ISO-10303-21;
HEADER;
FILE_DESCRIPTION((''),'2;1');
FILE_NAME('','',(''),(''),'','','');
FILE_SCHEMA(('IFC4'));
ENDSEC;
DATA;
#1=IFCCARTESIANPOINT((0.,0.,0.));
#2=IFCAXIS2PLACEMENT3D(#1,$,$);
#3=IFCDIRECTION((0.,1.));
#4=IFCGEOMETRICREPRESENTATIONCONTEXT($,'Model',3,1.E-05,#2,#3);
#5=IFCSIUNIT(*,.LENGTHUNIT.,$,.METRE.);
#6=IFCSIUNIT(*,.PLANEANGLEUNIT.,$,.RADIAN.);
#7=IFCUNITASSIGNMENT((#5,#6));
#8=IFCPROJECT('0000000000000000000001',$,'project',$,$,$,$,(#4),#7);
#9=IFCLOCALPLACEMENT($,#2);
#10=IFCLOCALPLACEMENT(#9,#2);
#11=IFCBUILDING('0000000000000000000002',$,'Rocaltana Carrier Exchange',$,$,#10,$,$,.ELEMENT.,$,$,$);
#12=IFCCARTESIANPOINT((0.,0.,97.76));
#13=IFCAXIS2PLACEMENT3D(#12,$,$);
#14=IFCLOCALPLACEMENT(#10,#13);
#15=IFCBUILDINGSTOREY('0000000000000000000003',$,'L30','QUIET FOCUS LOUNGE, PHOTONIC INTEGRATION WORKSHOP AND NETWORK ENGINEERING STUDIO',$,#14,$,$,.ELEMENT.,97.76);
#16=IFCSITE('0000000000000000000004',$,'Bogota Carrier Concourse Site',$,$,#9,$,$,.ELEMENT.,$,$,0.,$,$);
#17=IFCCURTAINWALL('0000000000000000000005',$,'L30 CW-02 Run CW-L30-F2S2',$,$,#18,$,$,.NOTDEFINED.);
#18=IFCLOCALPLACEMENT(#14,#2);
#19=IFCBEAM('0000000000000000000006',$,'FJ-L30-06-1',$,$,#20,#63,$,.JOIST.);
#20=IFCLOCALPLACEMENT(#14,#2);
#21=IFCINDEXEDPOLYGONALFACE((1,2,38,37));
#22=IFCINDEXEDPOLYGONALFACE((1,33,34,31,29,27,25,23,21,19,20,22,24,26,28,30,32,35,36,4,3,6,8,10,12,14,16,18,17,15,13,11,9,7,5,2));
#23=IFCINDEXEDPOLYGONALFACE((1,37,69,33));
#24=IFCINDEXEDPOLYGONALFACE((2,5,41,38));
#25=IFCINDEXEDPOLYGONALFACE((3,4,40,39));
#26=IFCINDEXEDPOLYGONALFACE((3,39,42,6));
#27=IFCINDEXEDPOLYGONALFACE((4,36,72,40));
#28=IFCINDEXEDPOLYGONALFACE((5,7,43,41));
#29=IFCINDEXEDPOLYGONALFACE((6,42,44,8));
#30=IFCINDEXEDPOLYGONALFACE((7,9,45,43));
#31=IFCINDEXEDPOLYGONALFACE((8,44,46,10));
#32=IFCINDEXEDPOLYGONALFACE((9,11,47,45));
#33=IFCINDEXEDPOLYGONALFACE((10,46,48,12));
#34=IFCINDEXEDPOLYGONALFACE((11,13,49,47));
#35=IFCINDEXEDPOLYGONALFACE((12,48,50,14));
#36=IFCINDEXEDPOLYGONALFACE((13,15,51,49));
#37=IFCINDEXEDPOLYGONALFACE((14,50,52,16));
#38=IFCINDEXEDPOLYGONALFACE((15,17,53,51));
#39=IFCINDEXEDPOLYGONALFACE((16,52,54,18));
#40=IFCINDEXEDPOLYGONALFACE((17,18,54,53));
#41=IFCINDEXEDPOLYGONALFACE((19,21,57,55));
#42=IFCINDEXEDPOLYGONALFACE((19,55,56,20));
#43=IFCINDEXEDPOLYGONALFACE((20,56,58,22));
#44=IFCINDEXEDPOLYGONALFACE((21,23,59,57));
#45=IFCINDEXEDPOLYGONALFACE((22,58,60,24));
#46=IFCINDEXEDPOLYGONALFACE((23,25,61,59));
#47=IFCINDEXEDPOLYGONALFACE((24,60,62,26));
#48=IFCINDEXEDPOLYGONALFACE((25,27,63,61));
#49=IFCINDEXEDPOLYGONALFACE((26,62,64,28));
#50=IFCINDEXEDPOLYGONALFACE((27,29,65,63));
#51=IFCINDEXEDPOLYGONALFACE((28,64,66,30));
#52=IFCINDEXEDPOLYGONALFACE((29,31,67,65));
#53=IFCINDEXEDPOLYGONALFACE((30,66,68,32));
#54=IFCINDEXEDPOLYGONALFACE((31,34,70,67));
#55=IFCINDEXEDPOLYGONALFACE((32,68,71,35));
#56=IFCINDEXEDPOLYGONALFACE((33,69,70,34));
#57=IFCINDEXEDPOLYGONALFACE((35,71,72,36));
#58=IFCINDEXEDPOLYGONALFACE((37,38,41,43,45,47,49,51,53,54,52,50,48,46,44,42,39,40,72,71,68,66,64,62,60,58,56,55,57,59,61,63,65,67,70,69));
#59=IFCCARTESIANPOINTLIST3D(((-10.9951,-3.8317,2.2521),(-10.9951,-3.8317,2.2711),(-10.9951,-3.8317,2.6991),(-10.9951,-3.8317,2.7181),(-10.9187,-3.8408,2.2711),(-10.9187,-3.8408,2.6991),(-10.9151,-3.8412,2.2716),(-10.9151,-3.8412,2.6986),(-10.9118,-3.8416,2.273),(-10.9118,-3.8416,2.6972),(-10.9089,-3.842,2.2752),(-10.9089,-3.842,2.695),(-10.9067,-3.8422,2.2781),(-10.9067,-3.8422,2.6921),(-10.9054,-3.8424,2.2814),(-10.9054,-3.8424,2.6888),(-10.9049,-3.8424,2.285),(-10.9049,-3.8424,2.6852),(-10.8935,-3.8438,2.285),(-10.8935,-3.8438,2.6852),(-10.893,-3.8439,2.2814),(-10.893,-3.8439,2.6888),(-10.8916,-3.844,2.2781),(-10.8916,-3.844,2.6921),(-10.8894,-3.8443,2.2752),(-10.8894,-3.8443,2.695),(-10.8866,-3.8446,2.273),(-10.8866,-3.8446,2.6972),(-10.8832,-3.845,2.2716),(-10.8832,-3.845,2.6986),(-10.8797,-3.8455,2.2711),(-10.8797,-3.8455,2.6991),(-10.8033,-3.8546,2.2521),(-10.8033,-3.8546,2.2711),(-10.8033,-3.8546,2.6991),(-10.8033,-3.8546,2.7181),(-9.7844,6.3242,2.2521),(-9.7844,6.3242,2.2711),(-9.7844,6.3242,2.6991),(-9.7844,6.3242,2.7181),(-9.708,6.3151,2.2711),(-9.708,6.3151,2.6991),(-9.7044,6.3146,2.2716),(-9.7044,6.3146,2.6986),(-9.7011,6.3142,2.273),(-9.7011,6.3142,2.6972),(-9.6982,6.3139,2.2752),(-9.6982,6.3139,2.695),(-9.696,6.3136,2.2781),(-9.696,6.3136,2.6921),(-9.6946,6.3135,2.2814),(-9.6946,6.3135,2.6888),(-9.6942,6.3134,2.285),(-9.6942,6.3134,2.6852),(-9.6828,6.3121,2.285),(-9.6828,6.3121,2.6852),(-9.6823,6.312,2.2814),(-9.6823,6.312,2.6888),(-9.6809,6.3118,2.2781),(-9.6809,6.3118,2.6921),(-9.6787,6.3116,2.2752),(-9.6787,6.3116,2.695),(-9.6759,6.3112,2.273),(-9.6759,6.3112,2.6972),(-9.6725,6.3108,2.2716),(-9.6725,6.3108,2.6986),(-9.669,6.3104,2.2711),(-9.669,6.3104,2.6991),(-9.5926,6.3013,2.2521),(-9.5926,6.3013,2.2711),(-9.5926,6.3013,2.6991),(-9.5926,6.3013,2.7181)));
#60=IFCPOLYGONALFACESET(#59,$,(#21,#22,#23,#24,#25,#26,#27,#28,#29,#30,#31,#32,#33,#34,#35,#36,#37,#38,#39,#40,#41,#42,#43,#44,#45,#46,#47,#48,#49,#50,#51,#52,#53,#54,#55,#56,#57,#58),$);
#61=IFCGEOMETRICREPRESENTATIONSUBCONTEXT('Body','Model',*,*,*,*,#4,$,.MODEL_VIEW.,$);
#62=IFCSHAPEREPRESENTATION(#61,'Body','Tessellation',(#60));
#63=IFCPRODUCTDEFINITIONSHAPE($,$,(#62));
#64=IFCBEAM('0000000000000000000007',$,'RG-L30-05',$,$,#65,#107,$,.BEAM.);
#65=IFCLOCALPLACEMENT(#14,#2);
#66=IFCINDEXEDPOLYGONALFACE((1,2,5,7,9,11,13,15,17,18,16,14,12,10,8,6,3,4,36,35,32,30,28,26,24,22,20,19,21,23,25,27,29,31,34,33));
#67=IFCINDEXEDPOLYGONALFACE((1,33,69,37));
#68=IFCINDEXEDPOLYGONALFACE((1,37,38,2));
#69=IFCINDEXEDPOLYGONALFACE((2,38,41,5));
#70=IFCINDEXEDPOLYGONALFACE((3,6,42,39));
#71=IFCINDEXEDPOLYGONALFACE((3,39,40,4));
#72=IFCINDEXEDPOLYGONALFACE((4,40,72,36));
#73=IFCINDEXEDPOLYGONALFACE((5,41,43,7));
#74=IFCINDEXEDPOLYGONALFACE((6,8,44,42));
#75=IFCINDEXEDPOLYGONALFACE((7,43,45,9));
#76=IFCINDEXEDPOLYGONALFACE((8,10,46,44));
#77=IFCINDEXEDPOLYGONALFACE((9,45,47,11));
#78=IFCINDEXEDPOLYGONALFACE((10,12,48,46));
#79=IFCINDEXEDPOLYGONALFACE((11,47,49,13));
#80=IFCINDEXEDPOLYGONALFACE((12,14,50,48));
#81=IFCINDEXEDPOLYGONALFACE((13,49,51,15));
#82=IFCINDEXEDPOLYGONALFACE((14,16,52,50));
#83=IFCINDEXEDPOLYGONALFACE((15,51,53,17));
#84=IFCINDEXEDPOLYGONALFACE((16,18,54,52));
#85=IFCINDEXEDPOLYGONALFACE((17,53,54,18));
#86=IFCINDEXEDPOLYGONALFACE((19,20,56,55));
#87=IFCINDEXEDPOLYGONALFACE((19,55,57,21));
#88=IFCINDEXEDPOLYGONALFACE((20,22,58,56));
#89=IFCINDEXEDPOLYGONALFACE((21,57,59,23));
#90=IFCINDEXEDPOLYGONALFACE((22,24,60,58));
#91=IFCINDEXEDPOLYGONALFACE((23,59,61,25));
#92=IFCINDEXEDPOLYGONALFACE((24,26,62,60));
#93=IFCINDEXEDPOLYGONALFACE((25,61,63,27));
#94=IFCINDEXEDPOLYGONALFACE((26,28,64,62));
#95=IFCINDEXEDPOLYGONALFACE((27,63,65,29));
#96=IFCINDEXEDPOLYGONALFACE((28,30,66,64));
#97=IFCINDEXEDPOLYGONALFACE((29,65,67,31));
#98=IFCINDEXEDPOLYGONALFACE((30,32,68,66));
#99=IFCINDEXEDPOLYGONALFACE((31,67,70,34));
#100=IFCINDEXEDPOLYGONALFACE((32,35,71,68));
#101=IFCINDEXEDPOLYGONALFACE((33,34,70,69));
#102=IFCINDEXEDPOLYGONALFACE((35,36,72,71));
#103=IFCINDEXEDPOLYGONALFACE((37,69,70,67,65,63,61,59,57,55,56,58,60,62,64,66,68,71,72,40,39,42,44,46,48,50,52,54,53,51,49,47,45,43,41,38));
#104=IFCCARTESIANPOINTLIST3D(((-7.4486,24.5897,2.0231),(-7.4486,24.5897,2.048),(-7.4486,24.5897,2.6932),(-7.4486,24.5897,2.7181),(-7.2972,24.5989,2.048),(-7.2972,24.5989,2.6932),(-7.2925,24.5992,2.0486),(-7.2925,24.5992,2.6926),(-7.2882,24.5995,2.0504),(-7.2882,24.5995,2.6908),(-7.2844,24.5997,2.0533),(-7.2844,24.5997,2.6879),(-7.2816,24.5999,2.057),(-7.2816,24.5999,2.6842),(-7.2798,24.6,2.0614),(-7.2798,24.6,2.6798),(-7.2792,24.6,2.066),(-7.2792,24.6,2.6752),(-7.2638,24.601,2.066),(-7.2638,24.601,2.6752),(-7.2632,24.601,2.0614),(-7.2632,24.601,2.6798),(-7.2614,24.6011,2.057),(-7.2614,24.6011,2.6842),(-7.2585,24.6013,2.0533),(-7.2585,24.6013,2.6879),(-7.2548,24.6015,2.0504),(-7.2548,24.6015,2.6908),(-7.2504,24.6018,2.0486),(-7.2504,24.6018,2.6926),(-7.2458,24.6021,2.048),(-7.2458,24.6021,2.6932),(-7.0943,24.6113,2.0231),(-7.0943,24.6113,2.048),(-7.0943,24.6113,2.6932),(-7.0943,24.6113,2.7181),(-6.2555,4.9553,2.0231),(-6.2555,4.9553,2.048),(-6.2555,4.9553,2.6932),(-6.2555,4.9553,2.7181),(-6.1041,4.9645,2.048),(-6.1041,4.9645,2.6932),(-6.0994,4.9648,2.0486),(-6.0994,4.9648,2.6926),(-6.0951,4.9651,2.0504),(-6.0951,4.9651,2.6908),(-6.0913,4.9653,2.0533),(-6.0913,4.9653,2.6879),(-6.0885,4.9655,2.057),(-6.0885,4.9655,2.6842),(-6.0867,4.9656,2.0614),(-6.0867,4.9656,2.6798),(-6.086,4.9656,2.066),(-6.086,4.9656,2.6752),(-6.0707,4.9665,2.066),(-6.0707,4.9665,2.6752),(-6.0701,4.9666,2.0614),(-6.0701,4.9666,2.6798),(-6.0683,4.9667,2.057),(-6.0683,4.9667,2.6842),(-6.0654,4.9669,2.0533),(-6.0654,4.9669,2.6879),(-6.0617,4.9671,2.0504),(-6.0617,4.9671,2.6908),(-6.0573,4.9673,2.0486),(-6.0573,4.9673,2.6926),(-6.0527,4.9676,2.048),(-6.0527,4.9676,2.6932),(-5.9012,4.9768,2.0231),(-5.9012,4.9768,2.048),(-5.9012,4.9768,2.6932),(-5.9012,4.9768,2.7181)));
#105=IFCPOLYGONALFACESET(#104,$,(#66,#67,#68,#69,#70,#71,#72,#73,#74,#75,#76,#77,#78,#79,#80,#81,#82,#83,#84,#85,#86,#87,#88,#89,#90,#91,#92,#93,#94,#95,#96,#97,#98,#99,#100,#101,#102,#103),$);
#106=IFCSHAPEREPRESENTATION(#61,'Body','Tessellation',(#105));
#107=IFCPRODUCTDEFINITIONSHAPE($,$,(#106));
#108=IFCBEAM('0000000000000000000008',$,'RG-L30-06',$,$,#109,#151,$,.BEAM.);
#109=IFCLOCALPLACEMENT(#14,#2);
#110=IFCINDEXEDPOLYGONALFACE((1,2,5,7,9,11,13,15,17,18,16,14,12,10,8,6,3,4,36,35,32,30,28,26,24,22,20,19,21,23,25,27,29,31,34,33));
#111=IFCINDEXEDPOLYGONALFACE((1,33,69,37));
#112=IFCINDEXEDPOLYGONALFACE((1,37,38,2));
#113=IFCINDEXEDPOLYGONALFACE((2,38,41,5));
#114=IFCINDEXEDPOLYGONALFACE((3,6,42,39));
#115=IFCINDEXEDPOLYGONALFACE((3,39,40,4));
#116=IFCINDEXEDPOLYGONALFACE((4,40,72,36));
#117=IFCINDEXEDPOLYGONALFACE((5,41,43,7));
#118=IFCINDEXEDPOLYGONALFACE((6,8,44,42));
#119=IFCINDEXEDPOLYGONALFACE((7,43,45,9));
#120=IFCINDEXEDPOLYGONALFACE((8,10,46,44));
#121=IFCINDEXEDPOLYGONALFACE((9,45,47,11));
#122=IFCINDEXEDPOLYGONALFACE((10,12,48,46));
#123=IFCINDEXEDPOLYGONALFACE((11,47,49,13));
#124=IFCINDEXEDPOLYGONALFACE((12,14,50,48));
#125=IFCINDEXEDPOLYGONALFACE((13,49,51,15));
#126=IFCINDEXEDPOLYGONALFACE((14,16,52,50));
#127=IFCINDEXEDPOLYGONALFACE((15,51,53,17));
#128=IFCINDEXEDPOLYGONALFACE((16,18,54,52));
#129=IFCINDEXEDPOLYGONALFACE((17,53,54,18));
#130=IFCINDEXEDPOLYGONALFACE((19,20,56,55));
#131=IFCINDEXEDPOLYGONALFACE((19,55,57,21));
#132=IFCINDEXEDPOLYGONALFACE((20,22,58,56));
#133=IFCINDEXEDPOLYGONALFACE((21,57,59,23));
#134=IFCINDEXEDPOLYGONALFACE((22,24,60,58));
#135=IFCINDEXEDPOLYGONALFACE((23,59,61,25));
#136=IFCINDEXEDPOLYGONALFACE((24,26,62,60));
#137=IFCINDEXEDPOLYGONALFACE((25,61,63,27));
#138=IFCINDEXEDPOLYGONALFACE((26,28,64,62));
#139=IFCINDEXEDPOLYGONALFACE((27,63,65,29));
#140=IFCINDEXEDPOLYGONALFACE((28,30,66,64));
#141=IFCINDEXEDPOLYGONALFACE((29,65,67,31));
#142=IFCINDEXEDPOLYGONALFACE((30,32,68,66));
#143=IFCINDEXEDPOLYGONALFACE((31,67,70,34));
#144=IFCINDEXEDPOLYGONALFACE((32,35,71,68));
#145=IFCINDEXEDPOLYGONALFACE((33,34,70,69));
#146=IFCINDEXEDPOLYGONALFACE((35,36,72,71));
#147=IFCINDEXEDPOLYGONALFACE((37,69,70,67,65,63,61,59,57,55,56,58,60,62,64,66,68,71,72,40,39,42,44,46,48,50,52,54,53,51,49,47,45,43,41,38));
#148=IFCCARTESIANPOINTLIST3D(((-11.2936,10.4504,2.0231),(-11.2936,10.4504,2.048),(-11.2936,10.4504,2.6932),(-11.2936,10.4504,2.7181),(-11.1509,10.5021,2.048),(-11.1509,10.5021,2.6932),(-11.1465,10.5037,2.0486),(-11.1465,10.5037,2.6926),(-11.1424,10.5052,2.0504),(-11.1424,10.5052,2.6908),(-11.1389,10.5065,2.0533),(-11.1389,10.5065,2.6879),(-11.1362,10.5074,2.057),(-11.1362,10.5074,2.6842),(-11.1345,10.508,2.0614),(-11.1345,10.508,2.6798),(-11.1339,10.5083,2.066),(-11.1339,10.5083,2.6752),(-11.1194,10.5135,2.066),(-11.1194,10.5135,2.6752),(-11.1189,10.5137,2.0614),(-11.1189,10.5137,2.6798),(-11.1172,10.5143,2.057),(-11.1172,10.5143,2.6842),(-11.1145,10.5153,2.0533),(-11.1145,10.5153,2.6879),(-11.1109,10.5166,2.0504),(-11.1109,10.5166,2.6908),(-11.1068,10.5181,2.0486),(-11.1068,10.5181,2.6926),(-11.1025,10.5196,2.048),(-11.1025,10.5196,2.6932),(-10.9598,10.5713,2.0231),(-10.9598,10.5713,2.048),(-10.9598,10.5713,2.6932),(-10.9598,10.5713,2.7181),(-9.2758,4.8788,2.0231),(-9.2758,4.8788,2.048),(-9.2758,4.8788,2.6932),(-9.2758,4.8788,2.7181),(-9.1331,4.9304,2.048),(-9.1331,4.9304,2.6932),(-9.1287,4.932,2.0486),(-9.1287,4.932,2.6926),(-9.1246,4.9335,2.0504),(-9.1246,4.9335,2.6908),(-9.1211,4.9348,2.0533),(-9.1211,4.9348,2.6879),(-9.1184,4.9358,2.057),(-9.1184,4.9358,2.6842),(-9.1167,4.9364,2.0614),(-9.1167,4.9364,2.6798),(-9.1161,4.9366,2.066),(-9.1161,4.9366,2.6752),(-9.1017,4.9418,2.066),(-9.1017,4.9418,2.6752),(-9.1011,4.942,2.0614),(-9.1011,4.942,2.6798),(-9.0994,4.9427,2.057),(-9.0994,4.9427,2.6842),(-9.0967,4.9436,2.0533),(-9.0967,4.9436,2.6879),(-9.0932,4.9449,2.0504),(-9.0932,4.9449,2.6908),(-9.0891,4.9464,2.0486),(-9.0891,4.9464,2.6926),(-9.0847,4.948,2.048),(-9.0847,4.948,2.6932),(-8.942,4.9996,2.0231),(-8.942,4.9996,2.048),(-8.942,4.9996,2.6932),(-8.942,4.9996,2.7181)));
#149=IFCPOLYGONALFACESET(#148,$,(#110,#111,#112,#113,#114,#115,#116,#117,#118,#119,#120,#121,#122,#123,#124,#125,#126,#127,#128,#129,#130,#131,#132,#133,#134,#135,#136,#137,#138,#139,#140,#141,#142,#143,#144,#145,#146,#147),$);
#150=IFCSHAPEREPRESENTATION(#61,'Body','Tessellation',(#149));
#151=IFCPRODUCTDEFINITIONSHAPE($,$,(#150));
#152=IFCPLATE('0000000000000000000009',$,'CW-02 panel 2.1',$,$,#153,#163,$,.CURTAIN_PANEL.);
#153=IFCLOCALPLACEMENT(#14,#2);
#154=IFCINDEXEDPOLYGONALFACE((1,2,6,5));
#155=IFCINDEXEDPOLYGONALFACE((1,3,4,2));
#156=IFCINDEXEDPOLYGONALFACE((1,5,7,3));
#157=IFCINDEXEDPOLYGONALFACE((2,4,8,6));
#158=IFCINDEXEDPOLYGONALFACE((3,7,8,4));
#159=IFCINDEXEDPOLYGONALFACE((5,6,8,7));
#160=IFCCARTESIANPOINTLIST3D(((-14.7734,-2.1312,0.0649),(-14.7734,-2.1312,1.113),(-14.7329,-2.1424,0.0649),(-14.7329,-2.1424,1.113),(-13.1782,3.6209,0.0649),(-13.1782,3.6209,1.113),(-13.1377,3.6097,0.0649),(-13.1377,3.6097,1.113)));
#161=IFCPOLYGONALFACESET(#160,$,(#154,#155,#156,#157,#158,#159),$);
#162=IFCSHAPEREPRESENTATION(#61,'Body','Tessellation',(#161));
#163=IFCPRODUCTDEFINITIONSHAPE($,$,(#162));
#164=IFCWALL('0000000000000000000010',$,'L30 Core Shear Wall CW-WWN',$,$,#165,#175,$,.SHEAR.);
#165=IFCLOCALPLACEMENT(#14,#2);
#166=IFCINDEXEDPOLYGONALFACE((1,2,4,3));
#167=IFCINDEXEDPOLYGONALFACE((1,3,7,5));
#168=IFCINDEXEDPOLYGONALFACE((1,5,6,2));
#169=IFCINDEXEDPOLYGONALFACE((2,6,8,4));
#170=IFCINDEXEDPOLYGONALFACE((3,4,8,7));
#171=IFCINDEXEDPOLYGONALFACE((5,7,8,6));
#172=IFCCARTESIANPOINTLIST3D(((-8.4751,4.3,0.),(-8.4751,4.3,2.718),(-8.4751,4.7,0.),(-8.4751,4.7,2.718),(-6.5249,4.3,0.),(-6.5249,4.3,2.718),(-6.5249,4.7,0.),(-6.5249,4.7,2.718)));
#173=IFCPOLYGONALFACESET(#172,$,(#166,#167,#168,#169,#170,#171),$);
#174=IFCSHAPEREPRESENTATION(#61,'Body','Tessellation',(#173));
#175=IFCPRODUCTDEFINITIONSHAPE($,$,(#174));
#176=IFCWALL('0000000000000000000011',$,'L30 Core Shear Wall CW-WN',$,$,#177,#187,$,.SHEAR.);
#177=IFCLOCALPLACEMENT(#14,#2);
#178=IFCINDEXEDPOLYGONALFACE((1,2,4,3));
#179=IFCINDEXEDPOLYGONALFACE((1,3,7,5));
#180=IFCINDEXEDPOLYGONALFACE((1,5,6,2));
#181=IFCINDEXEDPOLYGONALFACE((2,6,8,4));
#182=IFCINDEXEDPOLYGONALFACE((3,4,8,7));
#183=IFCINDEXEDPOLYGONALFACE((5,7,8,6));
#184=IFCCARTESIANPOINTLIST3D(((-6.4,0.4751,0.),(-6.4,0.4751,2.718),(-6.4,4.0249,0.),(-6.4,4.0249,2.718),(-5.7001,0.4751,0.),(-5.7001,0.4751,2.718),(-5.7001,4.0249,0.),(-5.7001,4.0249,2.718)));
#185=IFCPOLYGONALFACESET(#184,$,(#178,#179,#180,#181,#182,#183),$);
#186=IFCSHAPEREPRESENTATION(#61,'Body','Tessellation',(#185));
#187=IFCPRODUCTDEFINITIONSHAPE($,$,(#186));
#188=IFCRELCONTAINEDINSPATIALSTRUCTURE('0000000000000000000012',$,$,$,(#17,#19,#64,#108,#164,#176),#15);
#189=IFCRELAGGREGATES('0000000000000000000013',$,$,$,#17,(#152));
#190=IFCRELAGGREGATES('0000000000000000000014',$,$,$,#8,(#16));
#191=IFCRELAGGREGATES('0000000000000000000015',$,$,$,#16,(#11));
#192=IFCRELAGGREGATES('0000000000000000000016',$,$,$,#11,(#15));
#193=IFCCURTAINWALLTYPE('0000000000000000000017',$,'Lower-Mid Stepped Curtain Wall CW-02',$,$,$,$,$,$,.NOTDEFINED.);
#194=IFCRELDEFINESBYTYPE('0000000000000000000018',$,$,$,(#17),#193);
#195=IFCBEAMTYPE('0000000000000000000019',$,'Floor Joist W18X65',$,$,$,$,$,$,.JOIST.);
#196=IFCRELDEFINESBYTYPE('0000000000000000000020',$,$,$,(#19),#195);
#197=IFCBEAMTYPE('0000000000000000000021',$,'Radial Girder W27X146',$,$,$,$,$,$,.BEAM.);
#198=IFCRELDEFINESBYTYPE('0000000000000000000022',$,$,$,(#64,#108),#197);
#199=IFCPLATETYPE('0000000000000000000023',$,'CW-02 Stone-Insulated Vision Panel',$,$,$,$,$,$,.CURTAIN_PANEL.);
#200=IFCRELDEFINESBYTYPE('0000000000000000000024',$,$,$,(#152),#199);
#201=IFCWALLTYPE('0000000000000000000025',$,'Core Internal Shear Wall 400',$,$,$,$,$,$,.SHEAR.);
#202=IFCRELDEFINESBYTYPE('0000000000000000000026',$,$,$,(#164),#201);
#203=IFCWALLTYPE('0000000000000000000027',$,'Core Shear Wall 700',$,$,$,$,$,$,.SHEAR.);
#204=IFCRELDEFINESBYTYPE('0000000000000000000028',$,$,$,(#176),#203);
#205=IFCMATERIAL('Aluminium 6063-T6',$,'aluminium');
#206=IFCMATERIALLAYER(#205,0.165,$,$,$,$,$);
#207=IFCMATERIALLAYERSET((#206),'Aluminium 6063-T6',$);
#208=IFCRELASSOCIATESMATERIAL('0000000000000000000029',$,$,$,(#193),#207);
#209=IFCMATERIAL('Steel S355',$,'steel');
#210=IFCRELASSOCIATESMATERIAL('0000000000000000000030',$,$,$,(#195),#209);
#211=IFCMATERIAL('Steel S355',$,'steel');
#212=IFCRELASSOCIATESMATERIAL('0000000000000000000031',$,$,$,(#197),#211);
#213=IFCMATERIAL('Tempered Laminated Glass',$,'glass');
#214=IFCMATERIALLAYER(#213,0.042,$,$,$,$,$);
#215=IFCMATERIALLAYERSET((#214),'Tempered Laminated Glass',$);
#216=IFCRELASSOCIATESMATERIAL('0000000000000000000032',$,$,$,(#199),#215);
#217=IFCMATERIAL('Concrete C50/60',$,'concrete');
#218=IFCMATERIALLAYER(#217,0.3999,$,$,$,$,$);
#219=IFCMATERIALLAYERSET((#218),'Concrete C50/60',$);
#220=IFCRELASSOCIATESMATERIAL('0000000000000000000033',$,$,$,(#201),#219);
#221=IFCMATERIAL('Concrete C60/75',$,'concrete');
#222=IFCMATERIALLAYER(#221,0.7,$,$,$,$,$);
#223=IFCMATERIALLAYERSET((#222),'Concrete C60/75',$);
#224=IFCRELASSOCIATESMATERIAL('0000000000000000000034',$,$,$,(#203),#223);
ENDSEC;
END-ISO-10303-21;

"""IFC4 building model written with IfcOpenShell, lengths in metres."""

from ifc_helpers import new_model, si_unit, direction, frame, frame_2d, origin, origin_2d, place, context, subcontext, project, spatial, rectangle, i_section, extrude, material, layer, layer_set, material_profile, profile_set, type_object, element, aggregate, save


model = new_model("IFC4")

# Units and contexts
model_context = context("Model", 3, precision=1e-05, world=origin(), true_north=direction((0.0, 1.0)))
body_context = subcontext(model_context, "Body", "Model", "MODEL_VIEW")
ifc_project = project(units=[si_unit("LENGTHUNIT", "METRE"), si_unit("PLANEANGLEUNIT", "RADIAN")], contexts=[model_context])

# Site, building, storey
site_placement = place(None, origin())
site = spatial("IfcSite", under=ifc_project, at=site_placement, Name="Bogota Carrier Concourse Site", CompositionType="ELEMENT", RefElevation=0.0)
building_placement = place(site_placement, origin())
building = spatial("IfcBuilding", under=site, at=building_placement, Name="Rocaltana Carrier Exchange", CompositionType="ELEMENT")
storey_placement = place(building_placement, frame((0.0, 0.0, 97.76)))
storey = spatial("IfcBuildingStorey", under=building, at=storey_placement, Name="L30", Description="QUIET FOCUS LOUNGE, PHOTONIC INTEGRATION WORKSHOP AND NETWORK ENGINEERING STUDIO", CompositionType="ELEMENT", Elevation=97.76)

# Curtain wall
ifc_material_1 = material(Name="Aluminium 6063-T6", Category="aluminium")
ifc_layer_1 = layer(ifc_material_1, 0.165)
ifc_layer_set_1 = layer_set([ifc_layer_1], Name="Aluminium 6063-T6")
curtain_wall_type = type_object("IfcCurtainWallType", Name="Lower-Mid Stepped Curtain Wall CW-02", PredefinedType="NOTDEFINED", material=ifc_layer_set_1)
curtain_wall_placement = place(storey_placement, origin())
curtain_wall = element("IfcCurtainWall", 1, at=curtain_wall_placement, inside=storey, type_object=curtain_wall_type, Name="L30 CW-02 Run CW-L30-F2S2", PredefinedType="NOTDEFINED")

# Beams
ifc_material_2 = material(Name="Steel S355", Category="steel")
ifc_material_profile_1 = material_profile(ifc_material_2, i_section(OverallWidth=0.1931, OverallDepth=0.4661, WebThickness=0.0115, FlangeThickness=0.019, FilletRadius=0.0139, at=origin_2d()), Name="W18X65")
ifc_profile_set_1 = profile_set([ifc_material_profile_1], Name="Steel S355")
beam_type_1 = type_object("IfcBeamType", Name="Floor Joist W18X65", PredefinedType="JOIST", material=ifc_profile_set_1)
beam_1_placement = place(storey_placement, frame((-9.6885, 6.3127, 2.4851), z_axis=(-0.118374, -0.992969, 0.0), x_axis=(0.992969, -0.118374, 0.0)))
element("IfcBeam", 2, at=beam_1_placement, inside=storey, type_object=beam_type_1, Name="FJ-L30-06-1", PredefinedType="JOIST", context=body_context, shape_type="SweptSolid", body=[
    extrude(i_section(OverallWidth=0.1931, OverallDepth=0.4661, WebThickness=0.0115, FlangeThickness=0.019, FilletRadius=0.0139, at=origin_2d()), origin(), (0.0, 0.0, 1.0), 10.2278),
])
ifc_material_3 = material(Name="Steel S355", Category="steel")
ifc_material_profile_2 = material_profile(ifc_material_3, i_section(OverallWidth=0.355, OverallDepth=0.6951, WebThickness=0.0154, FlangeThickness=0.0249, FilletRadius=0.0181, at=origin_2d()), Name="W27X146")
ifc_profile_set_2 = profile_set([ifc_material_profile_2], Name="Steel S355")
beam_type_2 = type_object("IfcBeamType", Name="Radial Girder W27X146", PredefinedType="BEAM", material=ifc_profile_set_2)
beam_2_placement = place(storey_placement, frame((-6.0784, 4.9661, 2.3706), z_axis=(-0.060654, 0.998159, 0.0), x_axis=(-0.998159, -0.060654, 0.0)))
element("IfcBeam", 3, at=beam_2_placement, inside=storey, type_object=beam_type_2, Name="RG-L30-05", PredefinedType="BEAM", context=body_context, shape_type="SweptSolid", body=[
    extrude(i_section(OverallWidth=0.355, OverallDepth=0.6951, WebThickness=0.0154, FlangeThickness=0.0249, FilletRadius=0.0181, at=origin_2d()), origin(), (0.0, 0.0, 1.0), 19.6707),
])
beam_3_placement = place(storey_placement, frame((-9.1089, 4.9392, 2.3706), z_axis=(-0.340509, 0.940241, 0.0), x_axis=(-0.940241, -0.340509, 0.0)))
element("IfcBeam", 4, at=beam_3_placement, inside=storey, type_object=beam_type_2, Name="RG-L30-06", PredefinedType="BEAM", context=body_context, shape_type="SweptSolid", body=[
    extrude(i_section(OverallWidth=0.355, OverallDepth=0.6951, WebThickness=0.0154, FlangeThickness=0.0249, FilletRadius=0.0181, at=origin_2d()), origin(), (0.0, 0.0, 1.0), 5.9258),
])

# Plate
ifc_material_4 = material(Name="Tempered Laminated Glass", Category="glass")
ifc_layer_2 = layer(ifc_material_4, 0.042)
ifc_layer_set_2 = layer_set([ifc_layer_2], Name="Tempered Laminated Glass")
plate_type = type_object("IfcPlateType", Name="CW-02 Stone-Insulated Vision Panel", PredefinedType="CURTAIN_PANEL", material=ifc_layer_set_2)
plate_placement = place(storey_placement, frame((-13.9556, 0.7393, 0.0649), z_axis=(0.0, 0.0, 1.0), x_axis=(-0.267238, -0.963631, 0.0)))
plate = element("IfcPlate", 5, at=plate_placement, type_object=plate_type, Name="CW-02 panel 2.1", PredefinedType="CURTAIN_PANEL", context=body_context, shape_type="SweptSolid", body=[
    extrude(rectangle(XDim=5.9692, YDim=0.042, at=origin_2d()), origin(), (0.0, 0.0, 1.0), 1.0481),
])
aggregate(curtain_wall, [plate])

# Walls
ifc_material_5 = material(Name="Concrete C50/60", Category="concrete")
ifc_layer_3 = layer(ifc_material_5, 0.3999)
ifc_layer_set_3 = layer_set([ifc_layer_3], Name="Concrete C50/60")
wall_type_1 = type_object("IfcWallType", Name="Core Internal Shear Wall 400", PredefinedType="SHEAR", material=ifc_layer_set_3)
wall_1_placement = place(storey_placement, frame((-8.4751, 4.5, 0.0), z_axis=(0.0, 0.0, 1.0), x_axis=(1.0, 0.0, 0.0)))
element("IfcWall", 6, at=wall_1_placement, inside=storey, type_object=wall_type_1, Name="L30 Core Shear Wall CW-WWN", PredefinedType="SHEAR", context=body_context, shape_type="SweptSolid", body=[
    extrude(rectangle(XDim=1.9502, YDim=0.3999, at=frame_2d((0.9751, 0.0))), origin(), (0.0, 0.0, 1.0), 2.718),
])
ifc_material_6 = material(Name="Concrete C60/75", Category="concrete")
ifc_layer_4 = layer(ifc_material_6, 0.7)
ifc_layer_set_4 = layer_set([ifc_layer_4], Name="Concrete C60/75")
wall_type_2 = type_object("IfcWallType", Name="Core Shear Wall 700", PredefinedType="SHEAR", material=ifc_layer_set_4)
wall_2_placement = place(storey_placement, frame((-6.05, 0.4751, 0.0), z_axis=(0.0, 0.0, 1.0), x_axis=(0.0, 1.0, 0.0)))
element("IfcWall", 7, at=wall_2_placement, inside=storey, type_object=wall_type_2, Name="L30 Core Shear Wall CW-WN", PredefinedType="SHEAR", context=body_context, shape_type="SweptSolid", body=[
    extrude(rectangle(XDim=3.5498, YDim=0.7, at=frame_2d((1.7749, 0.0))), origin(), (0.0, 0.0, 1.0), 2.718),
])

save(model, "model.ifc")
